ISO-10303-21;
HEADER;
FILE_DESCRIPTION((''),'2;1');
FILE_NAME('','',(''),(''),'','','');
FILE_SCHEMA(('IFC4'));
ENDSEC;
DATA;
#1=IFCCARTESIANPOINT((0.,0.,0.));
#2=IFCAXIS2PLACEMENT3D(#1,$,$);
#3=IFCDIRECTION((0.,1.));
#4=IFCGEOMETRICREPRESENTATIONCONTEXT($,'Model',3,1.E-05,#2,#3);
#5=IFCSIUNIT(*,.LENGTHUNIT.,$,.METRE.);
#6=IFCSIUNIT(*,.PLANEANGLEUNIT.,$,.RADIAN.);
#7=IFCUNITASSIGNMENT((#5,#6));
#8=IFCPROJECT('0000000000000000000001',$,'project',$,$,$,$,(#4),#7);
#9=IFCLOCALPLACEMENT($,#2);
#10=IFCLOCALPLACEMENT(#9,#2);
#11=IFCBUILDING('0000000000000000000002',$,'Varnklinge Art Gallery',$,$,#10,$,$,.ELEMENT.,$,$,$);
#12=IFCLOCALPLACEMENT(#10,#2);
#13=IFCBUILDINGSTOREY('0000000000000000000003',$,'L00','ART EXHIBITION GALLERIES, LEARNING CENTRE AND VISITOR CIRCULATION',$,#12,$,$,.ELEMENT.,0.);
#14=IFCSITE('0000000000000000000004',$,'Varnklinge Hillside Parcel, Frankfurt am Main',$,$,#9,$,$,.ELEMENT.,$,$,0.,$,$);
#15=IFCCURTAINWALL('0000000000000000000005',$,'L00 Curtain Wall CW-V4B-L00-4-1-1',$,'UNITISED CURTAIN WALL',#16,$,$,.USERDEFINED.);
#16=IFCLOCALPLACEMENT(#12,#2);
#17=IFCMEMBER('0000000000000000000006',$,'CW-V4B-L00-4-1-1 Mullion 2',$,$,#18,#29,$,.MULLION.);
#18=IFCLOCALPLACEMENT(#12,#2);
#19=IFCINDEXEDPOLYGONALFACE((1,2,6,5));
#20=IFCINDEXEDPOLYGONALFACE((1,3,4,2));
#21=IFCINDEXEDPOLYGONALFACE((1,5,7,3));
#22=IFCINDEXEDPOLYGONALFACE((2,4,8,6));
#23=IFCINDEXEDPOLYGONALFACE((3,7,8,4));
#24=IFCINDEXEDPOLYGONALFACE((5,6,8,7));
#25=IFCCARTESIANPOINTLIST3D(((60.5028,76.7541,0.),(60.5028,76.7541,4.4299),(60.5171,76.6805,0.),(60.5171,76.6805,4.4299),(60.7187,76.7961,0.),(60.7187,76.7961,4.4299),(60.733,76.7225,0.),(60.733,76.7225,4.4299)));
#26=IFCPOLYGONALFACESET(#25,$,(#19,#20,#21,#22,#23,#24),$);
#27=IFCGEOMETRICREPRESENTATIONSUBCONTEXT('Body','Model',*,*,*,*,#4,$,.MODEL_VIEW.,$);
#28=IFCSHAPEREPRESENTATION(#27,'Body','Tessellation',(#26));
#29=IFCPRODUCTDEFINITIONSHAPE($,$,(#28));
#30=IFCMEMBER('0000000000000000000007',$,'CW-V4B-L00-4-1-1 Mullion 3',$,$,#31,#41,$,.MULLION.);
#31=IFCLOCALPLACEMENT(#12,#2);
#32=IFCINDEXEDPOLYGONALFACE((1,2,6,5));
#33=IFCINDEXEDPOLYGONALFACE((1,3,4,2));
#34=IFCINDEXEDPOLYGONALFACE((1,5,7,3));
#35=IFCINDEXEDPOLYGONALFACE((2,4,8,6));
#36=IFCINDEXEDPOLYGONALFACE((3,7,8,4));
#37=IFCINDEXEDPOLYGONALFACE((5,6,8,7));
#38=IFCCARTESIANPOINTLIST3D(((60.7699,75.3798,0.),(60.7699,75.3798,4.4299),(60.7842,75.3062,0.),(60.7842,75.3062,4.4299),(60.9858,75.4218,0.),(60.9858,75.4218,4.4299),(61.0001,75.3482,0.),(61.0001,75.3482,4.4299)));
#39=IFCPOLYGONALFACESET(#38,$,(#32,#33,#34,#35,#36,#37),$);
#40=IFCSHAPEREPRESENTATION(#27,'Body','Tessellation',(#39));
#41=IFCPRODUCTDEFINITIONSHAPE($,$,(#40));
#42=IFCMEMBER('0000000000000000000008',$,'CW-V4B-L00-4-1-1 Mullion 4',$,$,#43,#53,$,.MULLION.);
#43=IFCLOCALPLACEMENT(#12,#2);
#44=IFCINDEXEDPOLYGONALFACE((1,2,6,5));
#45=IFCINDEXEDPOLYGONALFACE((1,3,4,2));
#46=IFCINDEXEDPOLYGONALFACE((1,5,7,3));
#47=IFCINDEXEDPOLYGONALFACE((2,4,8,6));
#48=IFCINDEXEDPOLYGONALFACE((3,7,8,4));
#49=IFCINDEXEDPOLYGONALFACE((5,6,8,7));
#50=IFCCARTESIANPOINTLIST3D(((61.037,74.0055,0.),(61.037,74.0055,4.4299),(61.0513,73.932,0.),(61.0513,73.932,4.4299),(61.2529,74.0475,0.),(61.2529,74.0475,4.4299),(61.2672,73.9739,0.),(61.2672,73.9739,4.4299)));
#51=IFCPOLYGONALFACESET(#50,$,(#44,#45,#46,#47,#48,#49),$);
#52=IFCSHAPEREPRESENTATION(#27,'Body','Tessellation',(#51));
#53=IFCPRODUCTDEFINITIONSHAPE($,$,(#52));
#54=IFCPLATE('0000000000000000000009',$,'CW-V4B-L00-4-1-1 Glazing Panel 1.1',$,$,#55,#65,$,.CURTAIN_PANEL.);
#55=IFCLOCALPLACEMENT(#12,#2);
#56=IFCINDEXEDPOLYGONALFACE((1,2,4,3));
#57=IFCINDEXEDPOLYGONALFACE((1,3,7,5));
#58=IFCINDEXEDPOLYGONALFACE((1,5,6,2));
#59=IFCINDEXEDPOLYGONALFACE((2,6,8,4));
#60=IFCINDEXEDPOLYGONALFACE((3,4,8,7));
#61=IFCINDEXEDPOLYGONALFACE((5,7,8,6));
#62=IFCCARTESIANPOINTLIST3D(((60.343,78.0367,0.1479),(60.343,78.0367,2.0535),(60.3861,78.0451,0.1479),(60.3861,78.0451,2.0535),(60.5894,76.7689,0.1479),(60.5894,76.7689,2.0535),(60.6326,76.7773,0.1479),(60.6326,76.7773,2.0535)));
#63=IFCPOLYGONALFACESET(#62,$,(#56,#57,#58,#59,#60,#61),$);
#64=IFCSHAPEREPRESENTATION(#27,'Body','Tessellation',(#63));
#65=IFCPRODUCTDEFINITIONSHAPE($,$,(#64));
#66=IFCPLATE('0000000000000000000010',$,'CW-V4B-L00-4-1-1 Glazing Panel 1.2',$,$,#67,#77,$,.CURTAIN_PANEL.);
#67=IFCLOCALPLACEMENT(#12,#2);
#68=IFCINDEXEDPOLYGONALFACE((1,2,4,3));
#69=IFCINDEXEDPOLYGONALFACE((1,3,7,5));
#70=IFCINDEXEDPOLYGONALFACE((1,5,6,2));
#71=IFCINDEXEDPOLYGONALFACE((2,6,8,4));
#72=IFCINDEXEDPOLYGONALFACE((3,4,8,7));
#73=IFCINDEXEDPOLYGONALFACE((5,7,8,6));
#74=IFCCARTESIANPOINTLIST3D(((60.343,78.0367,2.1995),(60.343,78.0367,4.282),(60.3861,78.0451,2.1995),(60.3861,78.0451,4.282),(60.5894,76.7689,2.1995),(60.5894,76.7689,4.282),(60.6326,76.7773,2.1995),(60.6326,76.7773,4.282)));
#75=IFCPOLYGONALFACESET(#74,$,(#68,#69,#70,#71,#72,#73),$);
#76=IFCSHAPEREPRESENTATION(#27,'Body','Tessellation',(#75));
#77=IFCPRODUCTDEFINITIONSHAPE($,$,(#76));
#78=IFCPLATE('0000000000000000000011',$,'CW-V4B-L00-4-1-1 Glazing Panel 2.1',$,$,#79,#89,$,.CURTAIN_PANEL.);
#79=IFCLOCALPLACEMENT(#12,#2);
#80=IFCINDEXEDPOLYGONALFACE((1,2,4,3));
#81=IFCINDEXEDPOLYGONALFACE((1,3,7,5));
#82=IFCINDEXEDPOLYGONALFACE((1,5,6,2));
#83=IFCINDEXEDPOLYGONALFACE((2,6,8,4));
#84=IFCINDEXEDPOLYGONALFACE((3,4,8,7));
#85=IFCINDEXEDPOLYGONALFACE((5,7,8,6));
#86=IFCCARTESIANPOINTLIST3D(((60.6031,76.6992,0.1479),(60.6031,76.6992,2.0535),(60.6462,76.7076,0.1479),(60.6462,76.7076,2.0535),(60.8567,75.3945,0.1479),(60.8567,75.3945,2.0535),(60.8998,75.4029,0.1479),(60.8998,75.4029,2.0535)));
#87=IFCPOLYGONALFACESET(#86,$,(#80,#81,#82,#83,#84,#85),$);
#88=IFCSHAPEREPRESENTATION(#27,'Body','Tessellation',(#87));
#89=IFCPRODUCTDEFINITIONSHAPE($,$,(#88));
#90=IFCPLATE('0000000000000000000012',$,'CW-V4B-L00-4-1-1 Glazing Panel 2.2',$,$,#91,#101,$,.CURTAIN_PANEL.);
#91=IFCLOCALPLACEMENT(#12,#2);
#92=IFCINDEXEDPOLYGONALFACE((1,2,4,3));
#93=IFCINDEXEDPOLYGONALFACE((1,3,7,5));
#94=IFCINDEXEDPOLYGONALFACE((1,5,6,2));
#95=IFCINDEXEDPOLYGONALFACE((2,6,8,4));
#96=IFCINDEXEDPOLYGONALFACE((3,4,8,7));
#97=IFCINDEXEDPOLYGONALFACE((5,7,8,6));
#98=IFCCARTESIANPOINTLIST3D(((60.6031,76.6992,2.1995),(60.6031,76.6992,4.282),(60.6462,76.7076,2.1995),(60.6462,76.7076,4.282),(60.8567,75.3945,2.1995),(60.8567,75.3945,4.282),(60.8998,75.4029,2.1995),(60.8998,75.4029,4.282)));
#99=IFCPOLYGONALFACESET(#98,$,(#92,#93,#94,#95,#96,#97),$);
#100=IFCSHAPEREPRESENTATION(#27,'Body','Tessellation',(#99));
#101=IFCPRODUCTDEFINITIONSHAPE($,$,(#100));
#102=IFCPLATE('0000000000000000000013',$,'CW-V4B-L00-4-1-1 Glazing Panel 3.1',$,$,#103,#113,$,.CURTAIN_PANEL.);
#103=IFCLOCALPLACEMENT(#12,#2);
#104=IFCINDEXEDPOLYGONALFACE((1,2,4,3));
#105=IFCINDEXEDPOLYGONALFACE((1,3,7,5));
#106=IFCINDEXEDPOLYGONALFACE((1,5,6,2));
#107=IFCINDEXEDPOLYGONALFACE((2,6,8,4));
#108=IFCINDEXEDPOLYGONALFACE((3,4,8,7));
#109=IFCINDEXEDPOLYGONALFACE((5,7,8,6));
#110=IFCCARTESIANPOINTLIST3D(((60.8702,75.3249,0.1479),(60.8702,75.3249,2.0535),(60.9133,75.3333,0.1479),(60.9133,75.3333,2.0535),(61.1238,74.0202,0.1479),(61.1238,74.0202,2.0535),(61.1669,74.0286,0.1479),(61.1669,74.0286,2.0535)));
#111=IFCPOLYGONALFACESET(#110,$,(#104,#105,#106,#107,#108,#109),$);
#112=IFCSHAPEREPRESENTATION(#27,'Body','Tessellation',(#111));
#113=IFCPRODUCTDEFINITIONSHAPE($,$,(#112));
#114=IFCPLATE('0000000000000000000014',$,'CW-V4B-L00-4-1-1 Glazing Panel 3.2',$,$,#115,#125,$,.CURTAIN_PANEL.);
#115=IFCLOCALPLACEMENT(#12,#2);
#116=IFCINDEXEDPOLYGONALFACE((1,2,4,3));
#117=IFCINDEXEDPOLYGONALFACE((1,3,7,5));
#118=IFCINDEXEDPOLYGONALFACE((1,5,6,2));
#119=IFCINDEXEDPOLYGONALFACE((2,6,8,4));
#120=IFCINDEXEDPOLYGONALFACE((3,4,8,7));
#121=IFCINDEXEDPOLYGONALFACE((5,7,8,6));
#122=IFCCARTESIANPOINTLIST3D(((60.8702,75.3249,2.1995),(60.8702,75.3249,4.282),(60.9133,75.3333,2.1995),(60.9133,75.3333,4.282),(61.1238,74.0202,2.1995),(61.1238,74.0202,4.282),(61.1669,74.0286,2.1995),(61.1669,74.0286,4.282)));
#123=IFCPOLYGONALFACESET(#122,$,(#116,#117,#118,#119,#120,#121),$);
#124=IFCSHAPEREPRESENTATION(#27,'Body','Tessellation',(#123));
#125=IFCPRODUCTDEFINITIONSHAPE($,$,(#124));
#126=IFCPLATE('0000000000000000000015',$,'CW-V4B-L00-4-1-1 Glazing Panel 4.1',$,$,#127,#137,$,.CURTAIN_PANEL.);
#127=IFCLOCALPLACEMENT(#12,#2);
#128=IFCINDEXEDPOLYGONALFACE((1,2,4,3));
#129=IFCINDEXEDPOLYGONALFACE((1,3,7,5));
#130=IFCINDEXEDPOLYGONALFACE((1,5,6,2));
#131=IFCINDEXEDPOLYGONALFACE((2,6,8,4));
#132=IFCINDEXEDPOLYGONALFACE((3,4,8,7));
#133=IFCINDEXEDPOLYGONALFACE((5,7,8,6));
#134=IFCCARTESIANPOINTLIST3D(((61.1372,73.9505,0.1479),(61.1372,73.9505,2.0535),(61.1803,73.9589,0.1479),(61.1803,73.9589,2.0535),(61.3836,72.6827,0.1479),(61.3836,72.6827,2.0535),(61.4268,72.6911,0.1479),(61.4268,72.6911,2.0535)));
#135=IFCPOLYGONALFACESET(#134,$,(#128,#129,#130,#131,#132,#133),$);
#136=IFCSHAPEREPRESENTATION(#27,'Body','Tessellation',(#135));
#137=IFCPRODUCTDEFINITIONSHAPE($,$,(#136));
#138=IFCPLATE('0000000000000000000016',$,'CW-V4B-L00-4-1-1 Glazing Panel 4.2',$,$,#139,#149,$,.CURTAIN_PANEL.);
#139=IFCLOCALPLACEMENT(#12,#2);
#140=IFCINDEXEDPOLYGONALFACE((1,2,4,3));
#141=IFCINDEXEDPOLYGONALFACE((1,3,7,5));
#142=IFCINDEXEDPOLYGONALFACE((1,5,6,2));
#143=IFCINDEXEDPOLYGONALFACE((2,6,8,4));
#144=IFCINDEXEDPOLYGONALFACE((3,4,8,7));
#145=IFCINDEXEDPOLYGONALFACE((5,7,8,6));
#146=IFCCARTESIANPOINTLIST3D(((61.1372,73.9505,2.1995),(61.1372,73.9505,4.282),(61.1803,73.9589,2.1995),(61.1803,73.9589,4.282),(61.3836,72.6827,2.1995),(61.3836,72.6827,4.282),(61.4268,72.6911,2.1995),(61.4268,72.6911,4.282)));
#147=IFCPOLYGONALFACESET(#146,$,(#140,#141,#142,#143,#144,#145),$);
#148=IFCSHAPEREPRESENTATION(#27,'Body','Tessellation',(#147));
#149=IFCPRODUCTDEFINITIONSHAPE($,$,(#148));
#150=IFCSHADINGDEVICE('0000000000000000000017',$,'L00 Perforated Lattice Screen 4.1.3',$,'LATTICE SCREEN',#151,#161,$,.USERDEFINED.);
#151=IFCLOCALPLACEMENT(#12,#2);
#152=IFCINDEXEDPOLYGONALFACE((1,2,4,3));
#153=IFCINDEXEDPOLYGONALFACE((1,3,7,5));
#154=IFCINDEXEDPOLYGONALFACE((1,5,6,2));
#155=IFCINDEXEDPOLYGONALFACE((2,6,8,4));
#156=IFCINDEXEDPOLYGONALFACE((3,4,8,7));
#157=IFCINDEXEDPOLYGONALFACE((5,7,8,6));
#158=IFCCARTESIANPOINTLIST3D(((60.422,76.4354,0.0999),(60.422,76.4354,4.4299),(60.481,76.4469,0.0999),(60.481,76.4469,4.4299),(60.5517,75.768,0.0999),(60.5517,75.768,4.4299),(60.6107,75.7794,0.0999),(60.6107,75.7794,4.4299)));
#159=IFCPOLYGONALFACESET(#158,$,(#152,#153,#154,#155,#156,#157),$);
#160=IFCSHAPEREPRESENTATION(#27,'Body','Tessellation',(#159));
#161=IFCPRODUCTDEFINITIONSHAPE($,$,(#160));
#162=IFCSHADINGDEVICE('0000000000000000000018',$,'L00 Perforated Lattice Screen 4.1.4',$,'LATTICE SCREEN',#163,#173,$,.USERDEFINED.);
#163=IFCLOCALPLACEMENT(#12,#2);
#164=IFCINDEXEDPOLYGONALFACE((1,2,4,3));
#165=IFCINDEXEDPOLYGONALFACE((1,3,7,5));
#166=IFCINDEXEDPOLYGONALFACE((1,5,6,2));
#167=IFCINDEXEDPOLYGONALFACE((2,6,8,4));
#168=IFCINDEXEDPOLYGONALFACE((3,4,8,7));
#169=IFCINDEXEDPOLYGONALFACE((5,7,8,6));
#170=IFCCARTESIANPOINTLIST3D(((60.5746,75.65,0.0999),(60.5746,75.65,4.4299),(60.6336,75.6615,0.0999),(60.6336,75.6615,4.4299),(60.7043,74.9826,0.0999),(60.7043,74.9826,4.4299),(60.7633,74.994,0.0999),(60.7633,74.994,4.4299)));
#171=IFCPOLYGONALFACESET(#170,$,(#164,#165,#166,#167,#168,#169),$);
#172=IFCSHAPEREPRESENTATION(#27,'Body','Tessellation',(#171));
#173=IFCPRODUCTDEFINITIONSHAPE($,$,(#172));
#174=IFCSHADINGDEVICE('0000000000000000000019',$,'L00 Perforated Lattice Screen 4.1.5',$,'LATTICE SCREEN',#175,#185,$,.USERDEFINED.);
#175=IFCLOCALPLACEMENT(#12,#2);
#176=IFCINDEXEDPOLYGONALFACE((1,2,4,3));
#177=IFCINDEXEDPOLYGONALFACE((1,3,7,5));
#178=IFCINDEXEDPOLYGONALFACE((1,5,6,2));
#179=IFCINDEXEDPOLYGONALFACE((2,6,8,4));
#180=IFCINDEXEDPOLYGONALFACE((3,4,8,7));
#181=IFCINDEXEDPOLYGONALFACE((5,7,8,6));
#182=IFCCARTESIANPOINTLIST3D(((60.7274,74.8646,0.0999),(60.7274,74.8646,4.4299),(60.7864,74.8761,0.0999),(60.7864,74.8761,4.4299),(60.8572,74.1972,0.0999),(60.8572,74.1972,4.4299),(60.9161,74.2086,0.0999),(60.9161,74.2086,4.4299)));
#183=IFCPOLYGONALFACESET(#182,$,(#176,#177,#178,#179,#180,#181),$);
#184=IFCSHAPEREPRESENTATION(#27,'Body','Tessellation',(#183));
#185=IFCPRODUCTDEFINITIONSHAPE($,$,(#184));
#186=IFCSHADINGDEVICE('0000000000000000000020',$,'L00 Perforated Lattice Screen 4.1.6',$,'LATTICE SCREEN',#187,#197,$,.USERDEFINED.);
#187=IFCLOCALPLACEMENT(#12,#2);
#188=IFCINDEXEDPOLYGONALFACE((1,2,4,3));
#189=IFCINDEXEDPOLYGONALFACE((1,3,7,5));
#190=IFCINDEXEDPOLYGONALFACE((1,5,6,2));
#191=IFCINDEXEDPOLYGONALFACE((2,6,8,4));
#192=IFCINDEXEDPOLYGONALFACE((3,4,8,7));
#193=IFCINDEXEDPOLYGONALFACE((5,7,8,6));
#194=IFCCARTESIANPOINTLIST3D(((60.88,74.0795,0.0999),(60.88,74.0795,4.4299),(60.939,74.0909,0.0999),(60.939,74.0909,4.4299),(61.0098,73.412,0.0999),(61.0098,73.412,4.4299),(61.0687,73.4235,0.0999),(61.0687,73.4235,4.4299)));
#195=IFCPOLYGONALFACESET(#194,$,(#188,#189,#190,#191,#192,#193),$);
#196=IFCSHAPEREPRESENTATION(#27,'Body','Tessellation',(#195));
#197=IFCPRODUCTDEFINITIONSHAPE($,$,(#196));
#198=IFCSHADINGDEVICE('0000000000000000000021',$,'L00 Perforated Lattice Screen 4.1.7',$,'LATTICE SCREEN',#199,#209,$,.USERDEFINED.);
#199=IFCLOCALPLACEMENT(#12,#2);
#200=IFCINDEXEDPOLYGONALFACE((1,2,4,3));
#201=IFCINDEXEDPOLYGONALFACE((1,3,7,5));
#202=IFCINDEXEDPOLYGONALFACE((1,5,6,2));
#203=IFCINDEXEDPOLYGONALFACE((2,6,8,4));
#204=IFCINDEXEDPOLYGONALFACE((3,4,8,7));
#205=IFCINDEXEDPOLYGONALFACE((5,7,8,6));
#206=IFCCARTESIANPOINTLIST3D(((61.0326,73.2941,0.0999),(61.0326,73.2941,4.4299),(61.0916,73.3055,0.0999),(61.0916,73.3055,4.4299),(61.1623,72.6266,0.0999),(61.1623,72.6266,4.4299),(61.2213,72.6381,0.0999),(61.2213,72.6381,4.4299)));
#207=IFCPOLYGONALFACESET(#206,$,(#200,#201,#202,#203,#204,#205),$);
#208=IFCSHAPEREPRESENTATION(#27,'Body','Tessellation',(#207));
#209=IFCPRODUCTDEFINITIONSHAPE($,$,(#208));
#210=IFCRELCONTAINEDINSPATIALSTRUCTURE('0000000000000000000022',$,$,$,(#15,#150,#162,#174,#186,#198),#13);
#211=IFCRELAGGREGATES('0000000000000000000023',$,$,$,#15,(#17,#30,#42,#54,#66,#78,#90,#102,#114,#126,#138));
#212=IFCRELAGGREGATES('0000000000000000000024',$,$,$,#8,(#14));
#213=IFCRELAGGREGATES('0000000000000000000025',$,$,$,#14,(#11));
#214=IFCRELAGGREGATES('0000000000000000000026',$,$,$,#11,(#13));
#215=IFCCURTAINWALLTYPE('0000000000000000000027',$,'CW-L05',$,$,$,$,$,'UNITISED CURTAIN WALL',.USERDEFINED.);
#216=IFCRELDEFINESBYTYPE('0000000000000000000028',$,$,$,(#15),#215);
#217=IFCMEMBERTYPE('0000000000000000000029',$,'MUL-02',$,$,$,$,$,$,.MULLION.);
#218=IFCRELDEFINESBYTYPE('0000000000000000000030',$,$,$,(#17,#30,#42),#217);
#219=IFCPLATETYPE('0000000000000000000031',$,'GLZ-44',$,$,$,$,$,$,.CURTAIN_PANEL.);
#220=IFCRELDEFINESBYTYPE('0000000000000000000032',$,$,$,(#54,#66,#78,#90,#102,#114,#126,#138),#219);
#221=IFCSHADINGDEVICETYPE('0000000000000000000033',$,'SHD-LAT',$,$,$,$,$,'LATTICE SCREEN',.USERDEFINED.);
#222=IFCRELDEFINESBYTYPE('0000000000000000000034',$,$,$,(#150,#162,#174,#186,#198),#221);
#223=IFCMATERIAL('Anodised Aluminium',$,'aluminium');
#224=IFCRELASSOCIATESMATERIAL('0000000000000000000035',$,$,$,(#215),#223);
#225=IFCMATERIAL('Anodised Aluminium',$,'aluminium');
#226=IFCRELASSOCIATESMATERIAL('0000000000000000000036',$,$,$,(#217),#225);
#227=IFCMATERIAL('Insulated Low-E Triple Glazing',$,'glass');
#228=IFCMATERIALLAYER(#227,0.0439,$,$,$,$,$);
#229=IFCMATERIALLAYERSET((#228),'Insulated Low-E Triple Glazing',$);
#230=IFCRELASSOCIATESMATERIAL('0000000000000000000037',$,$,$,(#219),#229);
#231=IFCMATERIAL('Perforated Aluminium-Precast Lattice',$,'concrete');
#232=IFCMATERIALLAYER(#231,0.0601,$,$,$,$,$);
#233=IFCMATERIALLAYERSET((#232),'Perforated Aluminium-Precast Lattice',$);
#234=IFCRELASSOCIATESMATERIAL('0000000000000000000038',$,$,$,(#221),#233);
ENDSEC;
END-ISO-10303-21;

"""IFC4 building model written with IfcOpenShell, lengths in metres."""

from ifc_helpers import new_model, si_unit, direction, frame, origin, origin_2d, place, context, subcontext, project, spatial, rectangle, extrude, material, layer, layer_set, material_profile, profile_set, type_object, element, aggregate, save


model = new_model("IFC4")

# Units and contexts
model_context = context("Model", 3, precision=1e-05, world=origin(), true_north=direction((0.0, 1.0)))
body_context = subcontext(model_context, "Body", "Model", "MODEL_VIEW")
ifc_project = project(units=[si_unit("LENGTHUNIT", "METRE"), si_unit("PLANEANGLEUNIT", "RADIAN")], contexts=[model_context])

# Site, building, storey
site_placement = place(None, origin())
site = spatial("IfcSite", under=ifc_project, at=site_placement, Name="Varnklinge Hillside Parcel, Frankfurt am Main", CompositionType="ELEMENT", RefElevation=0.0)
building_placement = place(site_placement, origin())
building = spatial("IfcBuilding", under=site, at=building_placement, Name="Varnklinge Art Gallery", CompositionType="ELEMENT")
storey_placement = place(building_placement, origin())
storey = spatial("IfcBuildingStorey", under=building, at=storey_placement, Name="L00", Description="ART EXHIBITION GALLERIES, LEARNING CENTRE AND VISITOR CIRCULATION", CompositionType="ELEMENT", Elevation=0.0)

# Curtain wall, members, plates
ifc_material_1 = material(Name="Anodised Aluminium", Category="aluminium")
curtain_wall_type = type_object("IfcCurtainWallType", Name="CW-L05", ElementType="UNITISED CURTAIN WALL", PredefinedType="USERDEFINED", material=ifc_material_1)
curtain_wall_placement = place(storey_placement, origin())
curtain_wall = element("IfcCurtainWall", 1, at=curtain_wall_placement, inside=storey, type_object=curtain_wall_type, Name="L00 Curtain Wall CW-V4B-L00-4-1-1", ObjectType="UNITISED CURTAIN WALL", PredefinedType="USERDEFINED")
ifc_material_2 = material(Name="Anodised Aluminium", Category="aluminium")
ifc_material_profile = material_profile(ifc_material_2, rectangle(XDim=0.075, YDim=0.22, at=origin_2d()), Name="ALU 75x220")
ifc_profile_set = profile_set([ifc_material_profile], Name="Anodised Aluminium")
member_type = type_object("IfcMemberType", Name="MUL-02", PredefinedType="MULLION", material=ifc_profile_set)
member_1_placement = place(storey_placement, frame((60.6179, 76.7383, 0.0), z_axis=(0.0, 0.0, 1.0), x_axis=(0.190809, -0.981627, 0.0)))
member_1 = element("IfcMember", 2, at=member_1_placement, type_object=member_type, Name="CW-V4B-L00-4-1-1 Mullion 2", PredefinedType="MULLION", context=body_context, shape_type="SweptSolid", body=[
    extrude(rectangle(XDim=0.075, YDim=0.22, at=origin_2d()), origin(), (0.0, 0.0, 1.0), 4.4299),
])
member_2_placement = place(storey_placement, frame((60.885, 75.364, 0.0), z_axis=(0.0, 0.0, 1.0), x_axis=(0.190809, -0.981627, 0.0)))
member_2 = element("IfcMember", 3, at=member_2_placement, type_object=member_type, Name="CW-V4B-L00-4-1-1 Mullion 3", PredefinedType="MULLION", context=body_context, shape_type="SweptSolid", body=[
    extrude(rectangle(XDim=0.075, YDim=0.22, at=origin_2d()), origin(), (0.0, 0.0, 1.0), 4.4299),
])
member_3_placement = place(storey_placement, frame((61.1521, 73.9897, 0.0), z_axis=(0.0, 0.0, 1.0), x_axis=(0.190809, -0.981627, 0.0)))
member_3 = element("IfcMember", 4, at=member_3_placement, type_object=member_type, Name="CW-V4B-L00-4-1-1 Mullion 4", PredefinedType="MULLION", context=body_context, shape_type="SweptSolid", body=[
    extrude(rectangle(XDim=0.075, YDim=0.22, at=origin_2d()), origin(), (0.0, 0.0, 1.0), 4.4299),
])
ifc_material_3 = material(Name="Insulated Low-E Triple Glazing", Category="glass")
ifc_layer_1 = layer(ifc_material_3, 0.0439)
ifc_layer_set_1 = layer_set([ifc_layer_1], Name="Insulated Low-E Triple Glazing")
plate_type = type_object("IfcPlateType", Name="GLZ-44", PredefinedType="CURTAIN_PANEL", material=ifc_layer_set_1)
plate_1_placement = place(storey_placement, frame((60.4878, 77.407, 0.1479), z_axis=(0.0, 0.0, 1.0), x_axis=(0.190809, -0.981627, 0.0)))
plate_1 = element("IfcPlate", 5, at=plate_1_placement, type_object=plate_type, Name="CW-V4B-L00-4-1-1 Glazing Panel 1.1", PredefinedType="CURTAIN_PANEL", context=body_context, shape_type="SweptSolid", body=[
    extrude(rectangle(XDim=1.2915, YDim=0.0439, at=origin_2d()), origin(), (0.0, 0.0, 1.0), 1.9055),
])
plate_2_placement = place(storey_placement, frame((60.4878, 77.407, 2.1995), z_axis=(0.0, 0.0, 1.0), x_axis=(0.190809, -0.981627, 0.0)))
plate_2 = element("IfcPlate", 6, at=plate_2_placement, type_object=plate_type, Name="CW-V4B-L00-4-1-1 Glazing Panel 1.2", PredefinedType="CURTAIN_PANEL", context=body_context, shape_type="SweptSolid", body=[
    extrude(rectangle(XDim=1.2915, YDim=0.0439, at=origin_2d()), origin(), (0.0, 0.0, 1.0), 2.0825),
])
plate_3_placement = place(storey_placement, frame((60.7515, 76.051, 0.1479), z_axis=(0.0, 0.0, 1.0), x_axis=(0.190809, -0.981627, 0.0)))
plate_3 = element("IfcPlate", 7, at=plate_3_placement, type_object=plate_type, Name="CW-V4B-L00-4-1-1 Glazing Panel 2.1", PredefinedType="CURTAIN_PANEL", context=body_context, shape_type="SweptSolid", body=[
    extrude(rectangle(XDim=1.3291, YDim=0.0439, at=origin_2d()), origin(), (0.0, 0.0, 1.0), 1.9055),
])
plate_4_placement = place(storey_placement, frame((60.7515, 76.051, 2.1995), z_axis=(0.0, 0.0, 1.0), x_axis=(0.190809, -0.981627, 0.0)))
plate_4 = element("IfcPlate", 8, at=plate_4_placement, type_object=plate_type, Name="CW-V4B-L00-4-1-1 Glazing Panel 2.2", PredefinedType="CURTAIN_PANEL", context=body_context, shape_type="SweptSolid", body=[
    extrude(rectangle(XDim=1.3291, YDim=0.0439, at=origin_2d()), origin(), (0.0, 0.0, 1.0), 2.0825),
])
plate_5_placement = place(storey_placement, frame((61.0186, 74.6768, 0.1479), z_axis=(0.0, 0.0, 1.0), x_axis=(0.190809, -0.981627, 0.0)))
plate_5 = element("IfcPlate", 9, at=plate_5_placement, type_object=plate_type, Name="CW-V4B-L00-4-1-1 Glazing Panel 3.1", PredefinedType="CURTAIN_PANEL", context=body_context, shape_type="SweptSolid", body=[
    extrude(rectangle(XDim=1.3291, YDim=0.0439, at=origin_2d()), origin(), (0.0, 0.0, 1.0), 1.9055),
])
plate_6_placement = place(storey_placement, frame((61.0186, 74.6768, 2.1995), z_axis=(0.0, 0.0, 1.0), x_axis=(0.190809, -0.981627, 0.0)))
plate_6 = element("IfcPlate", 10, at=plate_6_placement, type_object=plate_type, Name="CW-V4B-L00-4-1-1 Glazing Panel 3.2", PredefinedType="CURTAIN_PANEL", context=body_context, shape_type="SweptSolid", body=[
    extrude(rectangle(XDim=1.3291, YDim=0.0439, at=origin_2d()), origin(), (0.0, 0.0, 1.0), 2.0825),
])
plate_7_placement = place(storey_placement, frame((61.282, 73.3208, 0.1479), z_axis=(0.0, 0.0, 1.0), x_axis=(0.190809, -0.981627, 0.0)))
plate_7 = element("IfcPlate", 11, at=plate_7_placement, type_object=plate_type, Name="CW-V4B-L00-4-1-1 Glazing Panel 4.1", PredefinedType="CURTAIN_PANEL", context=body_context, shape_type="SweptSolid", body=[
    extrude(rectangle(XDim=1.2915, YDim=0.0439, at=origin_2d()), origin(), (0.0, 0.0, 1.0), 1.9055),
])
plate_8_placement = place(storey_placement, frame((61.282, 73.3208, 2.1995), z_axis=(0.0, 0.0, 1.0), x_axis=(0.190809, -0.981627, 0.0)))
plate_8 = element("IfcPlate", 12, at=plate_8_placement, type_object=plate_type, Name="CW-V4B-L00-4-1-1 Glazing Panel 4.2", PredefinedType="CURTAIN_PANEL", context=body_context, shape_type="SweptSolid", body=[
    extrude(rectangle(XDim=1.2915, YDim=0.0439, at=origin_2d()), origin(), (0.0, 0.0, 1.0), 2.0825),
])
aggregate(curtain_wall, [member_1, member_2, member_3, plate_1, plate_2, plate_3, plate_4, plate_5, plate_6, plate_7, plate_8])

# Shading devices
ifc_material_4 = material(Name="Perforated Aluminium-Precast Lattice", Category="concrete")
ifc_layer_2 = layer(ifc_material_4, 0.0601)
ifc_layer_set_2 = layer_set([ifc_layer_2], Name="Perforated Aluminium-Precast Lattice")
shading_device_type = type_object("IfcShadingDeviceType", Name="SHD-LAT", ElementType="LATTICE SCREEN", PredefinedType="USERDEFINED", material=ifc_layer_set_2)
for number, where, z_axis, x_axis, name in (
    (13, (60.5164, 76.1074, 0.0999), (0.0, 0.0, 1.0), (0.190809, -0.981627, 0.0), "L00 Perforated Lattice Screen 4.1.3"),
    (14, (60.6689, 75.322, 0.0999), (0.0, 0.0, 1.0), (0.190809, -0.981627, 0.0), "L00 Perforated Lattice Screen 4.1.4"),
    (15, (60.8218, 74.5366, 0.0999), (0.0, 0.0, 1.0), (0.190809, -0.981627, 0.0), "L00 Perforated Lattice Screen 4.1.5"),
    (16, (60.9744, 73.7515, 0.0999), (0.0, 0.0, 1.0), (0.190809, -0.981627, 0.0), "L00 Perforated Lattice Screen 4.1.6"),
    (17, (61.127, 72.9661, 0.0999), (0.0, 0.0, 1.0), (0.190809, -0.981627, 0.0), "L00 Perforated Lattice Screen 4.1.7"),
):
    element("IfcShadingDevice", number, at=place(storey_placement, frame(where, z_axis=z_axis, x_axis=x_axis)), inside=storey, type_object=shading_device_type, Name=name, ObjectType="LATTICE SCREEN", PredefinedType="USERDEFINED", context=body_context, shape_type="SweptSolid", body=[
        extrude(rectangle(XDim=0.6799, YDim=0.0601, at=origin_2d()), origin(), (0.0, 0.0, 1.0), 4.3301),
    ])

save(model, "model.ifc")
